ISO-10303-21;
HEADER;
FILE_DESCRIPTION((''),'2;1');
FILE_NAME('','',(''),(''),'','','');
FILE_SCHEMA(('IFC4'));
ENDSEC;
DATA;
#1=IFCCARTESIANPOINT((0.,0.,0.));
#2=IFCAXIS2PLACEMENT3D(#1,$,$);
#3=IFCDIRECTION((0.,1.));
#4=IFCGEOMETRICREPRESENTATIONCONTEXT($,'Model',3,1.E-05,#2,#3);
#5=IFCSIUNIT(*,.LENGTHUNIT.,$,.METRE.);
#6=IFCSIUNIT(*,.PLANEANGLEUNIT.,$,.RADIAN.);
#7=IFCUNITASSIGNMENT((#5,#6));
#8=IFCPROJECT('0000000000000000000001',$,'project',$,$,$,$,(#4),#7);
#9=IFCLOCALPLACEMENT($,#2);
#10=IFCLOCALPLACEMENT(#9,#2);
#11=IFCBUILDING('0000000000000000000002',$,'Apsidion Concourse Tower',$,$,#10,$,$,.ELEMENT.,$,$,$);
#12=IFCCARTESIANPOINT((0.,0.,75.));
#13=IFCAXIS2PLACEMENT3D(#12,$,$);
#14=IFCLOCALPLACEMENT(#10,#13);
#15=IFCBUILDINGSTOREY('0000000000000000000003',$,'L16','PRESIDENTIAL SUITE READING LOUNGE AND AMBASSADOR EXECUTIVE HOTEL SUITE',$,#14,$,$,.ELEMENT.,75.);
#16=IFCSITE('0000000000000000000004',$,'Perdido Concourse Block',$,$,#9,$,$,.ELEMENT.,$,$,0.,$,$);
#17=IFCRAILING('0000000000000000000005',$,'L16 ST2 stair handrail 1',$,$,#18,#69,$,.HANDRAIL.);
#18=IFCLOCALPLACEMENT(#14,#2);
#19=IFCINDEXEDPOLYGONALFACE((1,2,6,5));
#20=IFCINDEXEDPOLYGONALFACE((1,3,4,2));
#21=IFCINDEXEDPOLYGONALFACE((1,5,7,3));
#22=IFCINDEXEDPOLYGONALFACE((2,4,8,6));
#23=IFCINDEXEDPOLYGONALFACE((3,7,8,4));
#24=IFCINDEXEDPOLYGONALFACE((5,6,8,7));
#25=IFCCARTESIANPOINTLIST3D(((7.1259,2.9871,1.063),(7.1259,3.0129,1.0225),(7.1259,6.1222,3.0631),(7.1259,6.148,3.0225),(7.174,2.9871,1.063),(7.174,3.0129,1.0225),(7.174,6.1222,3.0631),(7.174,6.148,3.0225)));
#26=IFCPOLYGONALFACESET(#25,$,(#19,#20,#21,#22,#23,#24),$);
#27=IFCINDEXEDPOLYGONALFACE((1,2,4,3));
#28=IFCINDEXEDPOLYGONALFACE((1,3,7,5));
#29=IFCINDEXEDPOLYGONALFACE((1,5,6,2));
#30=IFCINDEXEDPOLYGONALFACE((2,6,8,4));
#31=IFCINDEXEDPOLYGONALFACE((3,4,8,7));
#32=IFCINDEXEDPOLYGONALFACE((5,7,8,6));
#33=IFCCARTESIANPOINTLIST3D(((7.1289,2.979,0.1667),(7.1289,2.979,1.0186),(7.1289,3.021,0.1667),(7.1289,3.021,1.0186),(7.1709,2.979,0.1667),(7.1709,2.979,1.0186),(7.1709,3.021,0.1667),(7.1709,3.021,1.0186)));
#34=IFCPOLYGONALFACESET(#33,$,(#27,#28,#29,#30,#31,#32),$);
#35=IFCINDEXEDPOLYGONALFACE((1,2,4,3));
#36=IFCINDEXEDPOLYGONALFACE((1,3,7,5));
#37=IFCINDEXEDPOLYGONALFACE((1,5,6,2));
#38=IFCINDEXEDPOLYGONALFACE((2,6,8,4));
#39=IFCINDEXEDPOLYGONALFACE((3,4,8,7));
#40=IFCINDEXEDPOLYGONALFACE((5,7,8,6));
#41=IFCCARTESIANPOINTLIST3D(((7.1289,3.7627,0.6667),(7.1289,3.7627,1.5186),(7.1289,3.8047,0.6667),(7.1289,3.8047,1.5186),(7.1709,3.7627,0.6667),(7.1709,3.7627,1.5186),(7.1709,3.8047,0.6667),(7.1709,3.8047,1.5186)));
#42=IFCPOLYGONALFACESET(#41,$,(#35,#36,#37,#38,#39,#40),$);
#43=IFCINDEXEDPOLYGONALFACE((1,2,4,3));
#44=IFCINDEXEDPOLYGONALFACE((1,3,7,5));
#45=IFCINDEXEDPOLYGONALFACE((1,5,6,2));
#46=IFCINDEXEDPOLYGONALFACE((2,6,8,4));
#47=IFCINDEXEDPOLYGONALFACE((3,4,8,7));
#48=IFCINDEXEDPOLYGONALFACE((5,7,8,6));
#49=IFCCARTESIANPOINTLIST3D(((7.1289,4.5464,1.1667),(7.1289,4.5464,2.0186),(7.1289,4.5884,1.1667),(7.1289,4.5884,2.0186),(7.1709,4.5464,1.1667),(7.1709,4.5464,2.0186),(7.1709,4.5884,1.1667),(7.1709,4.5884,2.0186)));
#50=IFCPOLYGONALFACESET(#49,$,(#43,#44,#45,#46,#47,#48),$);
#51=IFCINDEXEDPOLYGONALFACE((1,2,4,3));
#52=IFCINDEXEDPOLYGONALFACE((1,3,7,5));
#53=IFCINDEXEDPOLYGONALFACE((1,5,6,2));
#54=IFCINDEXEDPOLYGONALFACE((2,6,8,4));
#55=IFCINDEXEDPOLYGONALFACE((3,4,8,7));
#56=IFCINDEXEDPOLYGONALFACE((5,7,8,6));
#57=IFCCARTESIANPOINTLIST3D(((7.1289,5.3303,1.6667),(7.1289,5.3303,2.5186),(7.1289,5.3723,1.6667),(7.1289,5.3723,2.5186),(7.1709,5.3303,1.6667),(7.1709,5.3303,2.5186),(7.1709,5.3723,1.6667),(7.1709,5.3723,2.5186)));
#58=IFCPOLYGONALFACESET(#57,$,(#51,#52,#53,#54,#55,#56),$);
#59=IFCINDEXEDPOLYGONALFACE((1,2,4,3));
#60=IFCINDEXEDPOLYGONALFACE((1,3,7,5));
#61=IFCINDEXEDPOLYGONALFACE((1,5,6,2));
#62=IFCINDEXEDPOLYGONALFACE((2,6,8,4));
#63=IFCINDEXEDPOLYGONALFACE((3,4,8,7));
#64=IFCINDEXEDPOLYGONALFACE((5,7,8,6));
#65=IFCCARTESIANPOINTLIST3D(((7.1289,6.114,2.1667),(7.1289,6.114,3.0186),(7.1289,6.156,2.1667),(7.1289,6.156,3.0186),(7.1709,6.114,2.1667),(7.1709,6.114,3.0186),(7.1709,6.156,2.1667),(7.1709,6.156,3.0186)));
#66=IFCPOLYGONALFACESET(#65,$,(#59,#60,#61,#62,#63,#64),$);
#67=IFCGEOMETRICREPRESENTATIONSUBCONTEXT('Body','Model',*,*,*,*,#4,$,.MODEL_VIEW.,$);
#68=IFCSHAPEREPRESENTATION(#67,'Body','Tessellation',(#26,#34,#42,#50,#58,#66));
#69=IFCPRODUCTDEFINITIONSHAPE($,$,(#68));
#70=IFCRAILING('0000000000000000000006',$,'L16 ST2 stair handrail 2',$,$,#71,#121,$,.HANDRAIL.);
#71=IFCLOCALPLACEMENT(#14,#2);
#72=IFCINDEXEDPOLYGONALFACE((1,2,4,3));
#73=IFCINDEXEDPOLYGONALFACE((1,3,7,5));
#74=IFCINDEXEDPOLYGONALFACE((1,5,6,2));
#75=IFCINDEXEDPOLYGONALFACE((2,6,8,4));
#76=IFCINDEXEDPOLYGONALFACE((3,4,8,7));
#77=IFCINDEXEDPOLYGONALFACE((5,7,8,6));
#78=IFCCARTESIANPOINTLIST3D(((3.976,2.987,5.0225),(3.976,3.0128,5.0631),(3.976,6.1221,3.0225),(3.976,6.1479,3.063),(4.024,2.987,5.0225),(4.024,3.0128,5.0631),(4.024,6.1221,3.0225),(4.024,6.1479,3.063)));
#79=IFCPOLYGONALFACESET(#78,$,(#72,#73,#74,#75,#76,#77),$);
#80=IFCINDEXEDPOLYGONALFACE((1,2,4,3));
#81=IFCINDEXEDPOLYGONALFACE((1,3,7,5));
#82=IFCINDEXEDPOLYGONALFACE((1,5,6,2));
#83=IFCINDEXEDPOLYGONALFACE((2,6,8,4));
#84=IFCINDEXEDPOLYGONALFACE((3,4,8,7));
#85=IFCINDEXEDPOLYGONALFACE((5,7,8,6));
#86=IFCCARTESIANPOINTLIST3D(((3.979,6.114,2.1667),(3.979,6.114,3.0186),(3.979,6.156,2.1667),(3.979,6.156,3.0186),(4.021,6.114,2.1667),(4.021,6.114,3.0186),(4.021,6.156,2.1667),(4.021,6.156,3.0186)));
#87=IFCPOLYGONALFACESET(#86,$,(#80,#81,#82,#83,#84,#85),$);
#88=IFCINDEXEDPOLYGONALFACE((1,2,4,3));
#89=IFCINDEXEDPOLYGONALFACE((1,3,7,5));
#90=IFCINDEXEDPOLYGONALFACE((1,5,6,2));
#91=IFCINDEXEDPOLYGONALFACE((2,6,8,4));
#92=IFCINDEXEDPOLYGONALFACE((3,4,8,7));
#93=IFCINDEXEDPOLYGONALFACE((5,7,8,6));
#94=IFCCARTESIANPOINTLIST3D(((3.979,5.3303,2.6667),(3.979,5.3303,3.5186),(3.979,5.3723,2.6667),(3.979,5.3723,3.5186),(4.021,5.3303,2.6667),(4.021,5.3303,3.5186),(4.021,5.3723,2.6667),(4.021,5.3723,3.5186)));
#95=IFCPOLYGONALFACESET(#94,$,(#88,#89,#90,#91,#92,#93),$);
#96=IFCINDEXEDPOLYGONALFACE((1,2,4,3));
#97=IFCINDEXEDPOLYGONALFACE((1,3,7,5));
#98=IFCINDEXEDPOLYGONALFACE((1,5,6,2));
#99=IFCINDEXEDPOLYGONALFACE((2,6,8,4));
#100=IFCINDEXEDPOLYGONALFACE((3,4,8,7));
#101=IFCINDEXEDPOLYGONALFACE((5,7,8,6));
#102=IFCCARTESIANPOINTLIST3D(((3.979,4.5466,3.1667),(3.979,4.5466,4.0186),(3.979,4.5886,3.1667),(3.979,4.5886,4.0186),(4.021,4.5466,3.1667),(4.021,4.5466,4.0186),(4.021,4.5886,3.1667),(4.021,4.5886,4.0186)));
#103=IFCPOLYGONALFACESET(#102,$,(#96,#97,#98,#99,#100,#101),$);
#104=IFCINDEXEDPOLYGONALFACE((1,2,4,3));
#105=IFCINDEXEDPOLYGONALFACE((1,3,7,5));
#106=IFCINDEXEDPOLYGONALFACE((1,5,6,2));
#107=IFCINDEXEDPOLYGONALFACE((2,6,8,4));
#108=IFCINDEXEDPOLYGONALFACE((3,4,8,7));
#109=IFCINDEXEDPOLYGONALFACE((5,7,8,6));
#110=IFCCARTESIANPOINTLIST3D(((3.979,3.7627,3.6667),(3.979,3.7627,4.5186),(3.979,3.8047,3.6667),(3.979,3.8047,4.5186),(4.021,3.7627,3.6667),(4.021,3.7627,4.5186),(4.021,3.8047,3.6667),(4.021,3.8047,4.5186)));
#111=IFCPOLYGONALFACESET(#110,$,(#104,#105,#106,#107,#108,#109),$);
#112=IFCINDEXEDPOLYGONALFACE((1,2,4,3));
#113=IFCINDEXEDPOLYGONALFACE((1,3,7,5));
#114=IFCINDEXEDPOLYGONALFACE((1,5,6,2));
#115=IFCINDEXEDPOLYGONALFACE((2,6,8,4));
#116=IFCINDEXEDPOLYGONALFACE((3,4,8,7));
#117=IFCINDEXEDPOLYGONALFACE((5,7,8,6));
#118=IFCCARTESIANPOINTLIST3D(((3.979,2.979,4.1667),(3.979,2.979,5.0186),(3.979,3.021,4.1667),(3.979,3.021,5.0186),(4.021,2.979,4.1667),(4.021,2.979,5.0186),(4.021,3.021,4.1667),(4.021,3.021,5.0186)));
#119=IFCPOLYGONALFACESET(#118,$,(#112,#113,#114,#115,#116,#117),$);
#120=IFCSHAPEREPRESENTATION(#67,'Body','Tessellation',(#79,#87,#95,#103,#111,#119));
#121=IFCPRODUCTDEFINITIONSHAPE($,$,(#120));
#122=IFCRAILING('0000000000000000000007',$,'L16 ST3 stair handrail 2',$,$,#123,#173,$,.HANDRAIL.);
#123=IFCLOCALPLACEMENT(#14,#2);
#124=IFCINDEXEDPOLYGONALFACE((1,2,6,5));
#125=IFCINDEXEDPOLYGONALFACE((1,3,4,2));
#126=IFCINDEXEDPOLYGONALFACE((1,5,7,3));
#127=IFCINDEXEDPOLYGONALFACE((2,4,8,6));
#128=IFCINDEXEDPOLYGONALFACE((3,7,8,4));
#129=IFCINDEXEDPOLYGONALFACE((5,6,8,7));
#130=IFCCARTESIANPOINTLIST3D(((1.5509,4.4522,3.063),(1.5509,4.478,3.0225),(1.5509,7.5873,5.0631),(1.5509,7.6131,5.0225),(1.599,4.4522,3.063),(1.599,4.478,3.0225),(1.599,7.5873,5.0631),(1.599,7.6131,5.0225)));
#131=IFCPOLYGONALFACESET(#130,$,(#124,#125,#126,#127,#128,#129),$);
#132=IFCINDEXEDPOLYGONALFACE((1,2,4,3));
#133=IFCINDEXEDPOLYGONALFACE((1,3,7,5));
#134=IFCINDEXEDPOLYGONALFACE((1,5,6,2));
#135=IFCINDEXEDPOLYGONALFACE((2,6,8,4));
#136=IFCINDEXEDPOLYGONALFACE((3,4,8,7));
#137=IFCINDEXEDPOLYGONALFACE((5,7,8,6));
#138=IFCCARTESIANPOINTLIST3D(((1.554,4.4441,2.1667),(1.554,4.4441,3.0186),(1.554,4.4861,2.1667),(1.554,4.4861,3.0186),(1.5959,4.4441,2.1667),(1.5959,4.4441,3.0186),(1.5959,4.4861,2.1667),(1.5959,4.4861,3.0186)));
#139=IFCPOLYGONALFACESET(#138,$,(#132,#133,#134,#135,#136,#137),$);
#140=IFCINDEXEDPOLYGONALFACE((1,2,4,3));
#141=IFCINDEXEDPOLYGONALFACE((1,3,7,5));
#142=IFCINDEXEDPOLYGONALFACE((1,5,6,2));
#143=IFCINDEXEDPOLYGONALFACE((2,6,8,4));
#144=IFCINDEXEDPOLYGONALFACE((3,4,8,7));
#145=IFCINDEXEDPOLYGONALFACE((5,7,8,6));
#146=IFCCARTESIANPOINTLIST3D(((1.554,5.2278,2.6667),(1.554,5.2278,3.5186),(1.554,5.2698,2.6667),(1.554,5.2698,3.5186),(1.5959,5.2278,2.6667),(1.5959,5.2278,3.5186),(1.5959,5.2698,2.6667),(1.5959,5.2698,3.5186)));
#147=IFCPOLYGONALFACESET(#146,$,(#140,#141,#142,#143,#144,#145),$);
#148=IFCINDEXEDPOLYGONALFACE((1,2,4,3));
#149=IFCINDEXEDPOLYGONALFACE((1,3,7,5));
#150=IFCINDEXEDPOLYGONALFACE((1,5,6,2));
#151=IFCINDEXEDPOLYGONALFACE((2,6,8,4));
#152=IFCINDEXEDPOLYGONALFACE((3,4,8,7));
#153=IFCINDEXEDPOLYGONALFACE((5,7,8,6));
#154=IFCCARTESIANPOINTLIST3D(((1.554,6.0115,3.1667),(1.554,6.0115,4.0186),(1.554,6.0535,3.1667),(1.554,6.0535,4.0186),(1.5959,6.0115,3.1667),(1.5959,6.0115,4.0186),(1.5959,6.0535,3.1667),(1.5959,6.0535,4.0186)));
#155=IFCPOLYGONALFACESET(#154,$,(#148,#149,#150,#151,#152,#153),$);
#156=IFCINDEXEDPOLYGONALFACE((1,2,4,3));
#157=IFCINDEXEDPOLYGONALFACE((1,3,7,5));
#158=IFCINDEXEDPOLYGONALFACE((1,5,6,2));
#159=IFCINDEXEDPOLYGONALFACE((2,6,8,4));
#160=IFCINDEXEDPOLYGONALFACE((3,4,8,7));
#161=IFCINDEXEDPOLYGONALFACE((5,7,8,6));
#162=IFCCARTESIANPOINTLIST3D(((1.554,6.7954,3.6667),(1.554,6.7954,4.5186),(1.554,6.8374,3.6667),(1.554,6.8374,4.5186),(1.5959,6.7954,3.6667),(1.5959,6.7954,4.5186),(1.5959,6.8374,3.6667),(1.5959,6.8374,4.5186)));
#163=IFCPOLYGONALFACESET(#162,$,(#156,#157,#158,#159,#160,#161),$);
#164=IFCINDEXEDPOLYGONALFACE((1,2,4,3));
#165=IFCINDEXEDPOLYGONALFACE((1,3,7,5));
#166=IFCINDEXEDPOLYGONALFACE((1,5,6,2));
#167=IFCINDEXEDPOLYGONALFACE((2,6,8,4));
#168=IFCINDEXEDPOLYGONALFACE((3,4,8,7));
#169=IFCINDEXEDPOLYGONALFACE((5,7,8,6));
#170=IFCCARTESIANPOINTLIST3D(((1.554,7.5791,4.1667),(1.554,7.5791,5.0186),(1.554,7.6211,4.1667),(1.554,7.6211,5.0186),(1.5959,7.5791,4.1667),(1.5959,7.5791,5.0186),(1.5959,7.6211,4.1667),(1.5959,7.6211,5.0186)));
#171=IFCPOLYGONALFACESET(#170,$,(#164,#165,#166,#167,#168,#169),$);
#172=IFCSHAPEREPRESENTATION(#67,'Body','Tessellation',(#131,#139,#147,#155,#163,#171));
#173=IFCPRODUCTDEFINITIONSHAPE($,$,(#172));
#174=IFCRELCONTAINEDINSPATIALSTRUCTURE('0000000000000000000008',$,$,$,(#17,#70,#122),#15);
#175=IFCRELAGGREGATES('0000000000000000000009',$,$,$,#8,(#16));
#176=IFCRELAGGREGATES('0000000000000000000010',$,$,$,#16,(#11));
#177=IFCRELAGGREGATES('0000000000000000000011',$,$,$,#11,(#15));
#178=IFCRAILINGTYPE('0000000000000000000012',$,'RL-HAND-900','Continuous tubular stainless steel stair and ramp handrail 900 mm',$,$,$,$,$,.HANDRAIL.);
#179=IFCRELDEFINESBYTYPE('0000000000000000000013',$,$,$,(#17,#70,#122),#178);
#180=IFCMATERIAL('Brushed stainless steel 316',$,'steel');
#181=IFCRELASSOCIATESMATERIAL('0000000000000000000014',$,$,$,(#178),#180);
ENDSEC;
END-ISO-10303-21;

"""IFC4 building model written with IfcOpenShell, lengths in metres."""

from ifc_helpers import new_model, si_unit, direction, frame, origin, origin_2d, place, context, subcontext, project, spatial, rectangle, extrude, material, type_object, element, save


model = new_model("IFC4")

# Units and contexts
model_context = context("Model", 3, precision=1e-05, world=origin(), true_north=direction((0.0, 1.0)))
body_context = subcontext(model_context, "Body", "Model", "MODEL_VIEW")
ifc_project = project(units=[si_unit("LENGTHUNIT", "METRE"), si_unit("PLANEANGLEUNIT", "RADIAN")], contexts=[model_context])

# Site, building, storey
site_placement = place(None, origin())
site = spatial("IfcSite", under=ifc_project, at=site_placement, Name="Perdido Concourse Block", CompositionType="ELEMENT", RefElevation=0.0)
building_placement = place(site_placement, origin())
building = spatial("IfcBuilding", under=site, at=building_placement, Name="Apsidion Concourse Tower", CompositionType="ELEMENT")
storey_placement = place(building_placement, frame((0.0, 0.0, 75.0)))
storey = spatial("IfcBuildingStorey", under=building, at=storey_placement, Name="L16", Description="PRESIDENTIAL SUITE READING LOUNGE AND AMBASSADOR EXECUTIVE HOTEL SUITE", CompositionType="ELEMENT", Elevation=75.0)

# Shared definitions
ifc_material_1 = material(Name="Brushed stainless steel 316", Category="steel")

# Railings
railing_type_1 = type_object("IfcRailingType", Name="RL-HAND-900", Description="Continuous tubular stainless steel stair and ramp handrail 900 mm", PredefinedType="HANDRAIL", material=ifc_material_1)
railing_1_placement = place(storey_placement, frame((7.1499, 3.0, 0.1667)))
element("IfcRailing", 1, at=railing_1_placement, inside=storey, type_object=railing_type_1, Name="L16 ST2 stair handrail 1", PredefinedType="HANDRAIL", context=body_context, shape_type="SweptSolid", body=[
    extrude(rectangle(XDim=0.0481, YDim=0.0481, at=origin_2d()), frame((0.0, 0.0, 0.876), z_axis=(0.0, 0.843053, 0.537831), x_axis=(-1.0, 0.0, 0.0)), (0.0, 0.0, 1.0), 3.7188),
    extrude(rectangle(XDim=0.042, YDim=0.042, at=origin_2d()), origin(), (0.0, 0.0, 1.0), 0.8518),
    extrude(rectangle(XDim=0.042, YDim=0.042, at=origin_2d()), frame((0.0, 0.7837, 0.5)), (0.0, 0.0, 1.0), 0.8518),
    extrude(rectangle(XDim=0.042, YDim=0.042, at=origin_2d()), frame((0.0, 1.5674, 1.0)), (0.0, 0.0, 1.0), 0.8518),
    extrude(rectangle(XDim=0.042, YDim=0.042, at=origin_2d()), frame((0.0, 2.3513, 1.5)), (0.0, 0.0, 1.0), 0.8518),
    extrude(rectangle(XDim=0.042, YDim=0.042, at=origin_2d()), frame((0.0, 3.135, 2.0)), (0.0, 0.0, 1.0), 0.8518),
])
railing_2_placement = place(storey_placement, frame((4.0, 6.135, 2.1667)))
element("IfcRailing", 2, at=railing_2_placement, inside=storey, type_object=railing_type_1, Name="L16 ST2 stair handrail 2", PredefinedType="HANDRAIL", context=body_context, shape_type="SweptSolid", body=[
    extrude(rectangle(XDim=0.0481, YDim=0.0481, at=origin_2d()), frame((0.0, 0.0, 0.876), z_axis=(0.0, -0.843053, 0.537831), x_axis=(1.0, 0.0, 0.0)), (0.0, 0.0, 1.0), 3.7188),
    extrude(rectangle(XDim=0.042, YDim=0.042, at=origin_2d()), origin(), (0.0, 0.0, 1.0), 0.8518),
    extrude(rectangle(XDim=0.042, YDim=0.042, at=origin_2d()), frame((0.0, -0.7837, 0.5)), (0.0, 0.0, 1.0), 0.8518),
    extrude(rectangle(XDim=0.042, YDim=0.042, at=origin_2d()), frame((0.0, -1.5674, 1.0)), (0.0, 0.0, 1.0), 0.8518),
    extrude(rectangle(XDim=0.042, YDim=0.042, at=origin_2d()), frame((0.0, -2.3513, 1.5)), (0.0, 0.0, 1.0), 0.8518),
    extrude(rectangle(XDim=0.042, YDim=0.042, at=origin_2d()), frame((0.0, -3.135, 2.0)), (0.0, 0.0, 1.0), 0.8518),
])
railing_3_placement = place(storey_placement, frame((1.575, 4.4651, 2.1667)))
element("IfcRailing", 3, at=railing_3_placement, inside=storey, type_object=railing_type_1, Name="L16 ST3 stair handrail 2", PredefinedType="HANDRAIL", context=body_context, shape_type="SweptSolid", body=[
    extrude(rectangle(XDim=0.0481, YDim=0.0481, at=origin_2d()), frame((0.0, 0.0, 0.876), z_axis=(0.0, 0.843053, 0.537831), x_axis=(-1.0, 0.0, 0.0)), (0.0, 0.0, 1.0), 3.7188),
    extrude(rectangle(XDim=0.042, YDim=0.042, at=origin_2d()), origin(), (0.0, 0.0, 1.0), 0.8518),
    extrude(rectangle(XDim=0.042, YDim=0.042, at=origin_2d()), frame((0.0, 0.7837, 0.5)), (0.0, 0.0, 1.0), 0.8518),
    extrude(rectangle(XDim=0.042, YDim=0.042, at=origin_2d()), frame((0.0, 1.5674, 1.0)), (0.0, 0.0, 1.0), 0.8518),
    extrude(rectangle(XDim=0.042, YDim=0.042, at=origin_2d()), frame((0.0, 2.3513, 1.5)), (0.0, 0.0, 1.0), 0.8518),
    extrude(rectangle(XDim=0.042, YDim=0.042, at=origin_2d()), frame((0.0, 3.135, 2.0)), (0.0, 0.0, 1.0), 0.8518),
])

save(model, "model.ifc")
